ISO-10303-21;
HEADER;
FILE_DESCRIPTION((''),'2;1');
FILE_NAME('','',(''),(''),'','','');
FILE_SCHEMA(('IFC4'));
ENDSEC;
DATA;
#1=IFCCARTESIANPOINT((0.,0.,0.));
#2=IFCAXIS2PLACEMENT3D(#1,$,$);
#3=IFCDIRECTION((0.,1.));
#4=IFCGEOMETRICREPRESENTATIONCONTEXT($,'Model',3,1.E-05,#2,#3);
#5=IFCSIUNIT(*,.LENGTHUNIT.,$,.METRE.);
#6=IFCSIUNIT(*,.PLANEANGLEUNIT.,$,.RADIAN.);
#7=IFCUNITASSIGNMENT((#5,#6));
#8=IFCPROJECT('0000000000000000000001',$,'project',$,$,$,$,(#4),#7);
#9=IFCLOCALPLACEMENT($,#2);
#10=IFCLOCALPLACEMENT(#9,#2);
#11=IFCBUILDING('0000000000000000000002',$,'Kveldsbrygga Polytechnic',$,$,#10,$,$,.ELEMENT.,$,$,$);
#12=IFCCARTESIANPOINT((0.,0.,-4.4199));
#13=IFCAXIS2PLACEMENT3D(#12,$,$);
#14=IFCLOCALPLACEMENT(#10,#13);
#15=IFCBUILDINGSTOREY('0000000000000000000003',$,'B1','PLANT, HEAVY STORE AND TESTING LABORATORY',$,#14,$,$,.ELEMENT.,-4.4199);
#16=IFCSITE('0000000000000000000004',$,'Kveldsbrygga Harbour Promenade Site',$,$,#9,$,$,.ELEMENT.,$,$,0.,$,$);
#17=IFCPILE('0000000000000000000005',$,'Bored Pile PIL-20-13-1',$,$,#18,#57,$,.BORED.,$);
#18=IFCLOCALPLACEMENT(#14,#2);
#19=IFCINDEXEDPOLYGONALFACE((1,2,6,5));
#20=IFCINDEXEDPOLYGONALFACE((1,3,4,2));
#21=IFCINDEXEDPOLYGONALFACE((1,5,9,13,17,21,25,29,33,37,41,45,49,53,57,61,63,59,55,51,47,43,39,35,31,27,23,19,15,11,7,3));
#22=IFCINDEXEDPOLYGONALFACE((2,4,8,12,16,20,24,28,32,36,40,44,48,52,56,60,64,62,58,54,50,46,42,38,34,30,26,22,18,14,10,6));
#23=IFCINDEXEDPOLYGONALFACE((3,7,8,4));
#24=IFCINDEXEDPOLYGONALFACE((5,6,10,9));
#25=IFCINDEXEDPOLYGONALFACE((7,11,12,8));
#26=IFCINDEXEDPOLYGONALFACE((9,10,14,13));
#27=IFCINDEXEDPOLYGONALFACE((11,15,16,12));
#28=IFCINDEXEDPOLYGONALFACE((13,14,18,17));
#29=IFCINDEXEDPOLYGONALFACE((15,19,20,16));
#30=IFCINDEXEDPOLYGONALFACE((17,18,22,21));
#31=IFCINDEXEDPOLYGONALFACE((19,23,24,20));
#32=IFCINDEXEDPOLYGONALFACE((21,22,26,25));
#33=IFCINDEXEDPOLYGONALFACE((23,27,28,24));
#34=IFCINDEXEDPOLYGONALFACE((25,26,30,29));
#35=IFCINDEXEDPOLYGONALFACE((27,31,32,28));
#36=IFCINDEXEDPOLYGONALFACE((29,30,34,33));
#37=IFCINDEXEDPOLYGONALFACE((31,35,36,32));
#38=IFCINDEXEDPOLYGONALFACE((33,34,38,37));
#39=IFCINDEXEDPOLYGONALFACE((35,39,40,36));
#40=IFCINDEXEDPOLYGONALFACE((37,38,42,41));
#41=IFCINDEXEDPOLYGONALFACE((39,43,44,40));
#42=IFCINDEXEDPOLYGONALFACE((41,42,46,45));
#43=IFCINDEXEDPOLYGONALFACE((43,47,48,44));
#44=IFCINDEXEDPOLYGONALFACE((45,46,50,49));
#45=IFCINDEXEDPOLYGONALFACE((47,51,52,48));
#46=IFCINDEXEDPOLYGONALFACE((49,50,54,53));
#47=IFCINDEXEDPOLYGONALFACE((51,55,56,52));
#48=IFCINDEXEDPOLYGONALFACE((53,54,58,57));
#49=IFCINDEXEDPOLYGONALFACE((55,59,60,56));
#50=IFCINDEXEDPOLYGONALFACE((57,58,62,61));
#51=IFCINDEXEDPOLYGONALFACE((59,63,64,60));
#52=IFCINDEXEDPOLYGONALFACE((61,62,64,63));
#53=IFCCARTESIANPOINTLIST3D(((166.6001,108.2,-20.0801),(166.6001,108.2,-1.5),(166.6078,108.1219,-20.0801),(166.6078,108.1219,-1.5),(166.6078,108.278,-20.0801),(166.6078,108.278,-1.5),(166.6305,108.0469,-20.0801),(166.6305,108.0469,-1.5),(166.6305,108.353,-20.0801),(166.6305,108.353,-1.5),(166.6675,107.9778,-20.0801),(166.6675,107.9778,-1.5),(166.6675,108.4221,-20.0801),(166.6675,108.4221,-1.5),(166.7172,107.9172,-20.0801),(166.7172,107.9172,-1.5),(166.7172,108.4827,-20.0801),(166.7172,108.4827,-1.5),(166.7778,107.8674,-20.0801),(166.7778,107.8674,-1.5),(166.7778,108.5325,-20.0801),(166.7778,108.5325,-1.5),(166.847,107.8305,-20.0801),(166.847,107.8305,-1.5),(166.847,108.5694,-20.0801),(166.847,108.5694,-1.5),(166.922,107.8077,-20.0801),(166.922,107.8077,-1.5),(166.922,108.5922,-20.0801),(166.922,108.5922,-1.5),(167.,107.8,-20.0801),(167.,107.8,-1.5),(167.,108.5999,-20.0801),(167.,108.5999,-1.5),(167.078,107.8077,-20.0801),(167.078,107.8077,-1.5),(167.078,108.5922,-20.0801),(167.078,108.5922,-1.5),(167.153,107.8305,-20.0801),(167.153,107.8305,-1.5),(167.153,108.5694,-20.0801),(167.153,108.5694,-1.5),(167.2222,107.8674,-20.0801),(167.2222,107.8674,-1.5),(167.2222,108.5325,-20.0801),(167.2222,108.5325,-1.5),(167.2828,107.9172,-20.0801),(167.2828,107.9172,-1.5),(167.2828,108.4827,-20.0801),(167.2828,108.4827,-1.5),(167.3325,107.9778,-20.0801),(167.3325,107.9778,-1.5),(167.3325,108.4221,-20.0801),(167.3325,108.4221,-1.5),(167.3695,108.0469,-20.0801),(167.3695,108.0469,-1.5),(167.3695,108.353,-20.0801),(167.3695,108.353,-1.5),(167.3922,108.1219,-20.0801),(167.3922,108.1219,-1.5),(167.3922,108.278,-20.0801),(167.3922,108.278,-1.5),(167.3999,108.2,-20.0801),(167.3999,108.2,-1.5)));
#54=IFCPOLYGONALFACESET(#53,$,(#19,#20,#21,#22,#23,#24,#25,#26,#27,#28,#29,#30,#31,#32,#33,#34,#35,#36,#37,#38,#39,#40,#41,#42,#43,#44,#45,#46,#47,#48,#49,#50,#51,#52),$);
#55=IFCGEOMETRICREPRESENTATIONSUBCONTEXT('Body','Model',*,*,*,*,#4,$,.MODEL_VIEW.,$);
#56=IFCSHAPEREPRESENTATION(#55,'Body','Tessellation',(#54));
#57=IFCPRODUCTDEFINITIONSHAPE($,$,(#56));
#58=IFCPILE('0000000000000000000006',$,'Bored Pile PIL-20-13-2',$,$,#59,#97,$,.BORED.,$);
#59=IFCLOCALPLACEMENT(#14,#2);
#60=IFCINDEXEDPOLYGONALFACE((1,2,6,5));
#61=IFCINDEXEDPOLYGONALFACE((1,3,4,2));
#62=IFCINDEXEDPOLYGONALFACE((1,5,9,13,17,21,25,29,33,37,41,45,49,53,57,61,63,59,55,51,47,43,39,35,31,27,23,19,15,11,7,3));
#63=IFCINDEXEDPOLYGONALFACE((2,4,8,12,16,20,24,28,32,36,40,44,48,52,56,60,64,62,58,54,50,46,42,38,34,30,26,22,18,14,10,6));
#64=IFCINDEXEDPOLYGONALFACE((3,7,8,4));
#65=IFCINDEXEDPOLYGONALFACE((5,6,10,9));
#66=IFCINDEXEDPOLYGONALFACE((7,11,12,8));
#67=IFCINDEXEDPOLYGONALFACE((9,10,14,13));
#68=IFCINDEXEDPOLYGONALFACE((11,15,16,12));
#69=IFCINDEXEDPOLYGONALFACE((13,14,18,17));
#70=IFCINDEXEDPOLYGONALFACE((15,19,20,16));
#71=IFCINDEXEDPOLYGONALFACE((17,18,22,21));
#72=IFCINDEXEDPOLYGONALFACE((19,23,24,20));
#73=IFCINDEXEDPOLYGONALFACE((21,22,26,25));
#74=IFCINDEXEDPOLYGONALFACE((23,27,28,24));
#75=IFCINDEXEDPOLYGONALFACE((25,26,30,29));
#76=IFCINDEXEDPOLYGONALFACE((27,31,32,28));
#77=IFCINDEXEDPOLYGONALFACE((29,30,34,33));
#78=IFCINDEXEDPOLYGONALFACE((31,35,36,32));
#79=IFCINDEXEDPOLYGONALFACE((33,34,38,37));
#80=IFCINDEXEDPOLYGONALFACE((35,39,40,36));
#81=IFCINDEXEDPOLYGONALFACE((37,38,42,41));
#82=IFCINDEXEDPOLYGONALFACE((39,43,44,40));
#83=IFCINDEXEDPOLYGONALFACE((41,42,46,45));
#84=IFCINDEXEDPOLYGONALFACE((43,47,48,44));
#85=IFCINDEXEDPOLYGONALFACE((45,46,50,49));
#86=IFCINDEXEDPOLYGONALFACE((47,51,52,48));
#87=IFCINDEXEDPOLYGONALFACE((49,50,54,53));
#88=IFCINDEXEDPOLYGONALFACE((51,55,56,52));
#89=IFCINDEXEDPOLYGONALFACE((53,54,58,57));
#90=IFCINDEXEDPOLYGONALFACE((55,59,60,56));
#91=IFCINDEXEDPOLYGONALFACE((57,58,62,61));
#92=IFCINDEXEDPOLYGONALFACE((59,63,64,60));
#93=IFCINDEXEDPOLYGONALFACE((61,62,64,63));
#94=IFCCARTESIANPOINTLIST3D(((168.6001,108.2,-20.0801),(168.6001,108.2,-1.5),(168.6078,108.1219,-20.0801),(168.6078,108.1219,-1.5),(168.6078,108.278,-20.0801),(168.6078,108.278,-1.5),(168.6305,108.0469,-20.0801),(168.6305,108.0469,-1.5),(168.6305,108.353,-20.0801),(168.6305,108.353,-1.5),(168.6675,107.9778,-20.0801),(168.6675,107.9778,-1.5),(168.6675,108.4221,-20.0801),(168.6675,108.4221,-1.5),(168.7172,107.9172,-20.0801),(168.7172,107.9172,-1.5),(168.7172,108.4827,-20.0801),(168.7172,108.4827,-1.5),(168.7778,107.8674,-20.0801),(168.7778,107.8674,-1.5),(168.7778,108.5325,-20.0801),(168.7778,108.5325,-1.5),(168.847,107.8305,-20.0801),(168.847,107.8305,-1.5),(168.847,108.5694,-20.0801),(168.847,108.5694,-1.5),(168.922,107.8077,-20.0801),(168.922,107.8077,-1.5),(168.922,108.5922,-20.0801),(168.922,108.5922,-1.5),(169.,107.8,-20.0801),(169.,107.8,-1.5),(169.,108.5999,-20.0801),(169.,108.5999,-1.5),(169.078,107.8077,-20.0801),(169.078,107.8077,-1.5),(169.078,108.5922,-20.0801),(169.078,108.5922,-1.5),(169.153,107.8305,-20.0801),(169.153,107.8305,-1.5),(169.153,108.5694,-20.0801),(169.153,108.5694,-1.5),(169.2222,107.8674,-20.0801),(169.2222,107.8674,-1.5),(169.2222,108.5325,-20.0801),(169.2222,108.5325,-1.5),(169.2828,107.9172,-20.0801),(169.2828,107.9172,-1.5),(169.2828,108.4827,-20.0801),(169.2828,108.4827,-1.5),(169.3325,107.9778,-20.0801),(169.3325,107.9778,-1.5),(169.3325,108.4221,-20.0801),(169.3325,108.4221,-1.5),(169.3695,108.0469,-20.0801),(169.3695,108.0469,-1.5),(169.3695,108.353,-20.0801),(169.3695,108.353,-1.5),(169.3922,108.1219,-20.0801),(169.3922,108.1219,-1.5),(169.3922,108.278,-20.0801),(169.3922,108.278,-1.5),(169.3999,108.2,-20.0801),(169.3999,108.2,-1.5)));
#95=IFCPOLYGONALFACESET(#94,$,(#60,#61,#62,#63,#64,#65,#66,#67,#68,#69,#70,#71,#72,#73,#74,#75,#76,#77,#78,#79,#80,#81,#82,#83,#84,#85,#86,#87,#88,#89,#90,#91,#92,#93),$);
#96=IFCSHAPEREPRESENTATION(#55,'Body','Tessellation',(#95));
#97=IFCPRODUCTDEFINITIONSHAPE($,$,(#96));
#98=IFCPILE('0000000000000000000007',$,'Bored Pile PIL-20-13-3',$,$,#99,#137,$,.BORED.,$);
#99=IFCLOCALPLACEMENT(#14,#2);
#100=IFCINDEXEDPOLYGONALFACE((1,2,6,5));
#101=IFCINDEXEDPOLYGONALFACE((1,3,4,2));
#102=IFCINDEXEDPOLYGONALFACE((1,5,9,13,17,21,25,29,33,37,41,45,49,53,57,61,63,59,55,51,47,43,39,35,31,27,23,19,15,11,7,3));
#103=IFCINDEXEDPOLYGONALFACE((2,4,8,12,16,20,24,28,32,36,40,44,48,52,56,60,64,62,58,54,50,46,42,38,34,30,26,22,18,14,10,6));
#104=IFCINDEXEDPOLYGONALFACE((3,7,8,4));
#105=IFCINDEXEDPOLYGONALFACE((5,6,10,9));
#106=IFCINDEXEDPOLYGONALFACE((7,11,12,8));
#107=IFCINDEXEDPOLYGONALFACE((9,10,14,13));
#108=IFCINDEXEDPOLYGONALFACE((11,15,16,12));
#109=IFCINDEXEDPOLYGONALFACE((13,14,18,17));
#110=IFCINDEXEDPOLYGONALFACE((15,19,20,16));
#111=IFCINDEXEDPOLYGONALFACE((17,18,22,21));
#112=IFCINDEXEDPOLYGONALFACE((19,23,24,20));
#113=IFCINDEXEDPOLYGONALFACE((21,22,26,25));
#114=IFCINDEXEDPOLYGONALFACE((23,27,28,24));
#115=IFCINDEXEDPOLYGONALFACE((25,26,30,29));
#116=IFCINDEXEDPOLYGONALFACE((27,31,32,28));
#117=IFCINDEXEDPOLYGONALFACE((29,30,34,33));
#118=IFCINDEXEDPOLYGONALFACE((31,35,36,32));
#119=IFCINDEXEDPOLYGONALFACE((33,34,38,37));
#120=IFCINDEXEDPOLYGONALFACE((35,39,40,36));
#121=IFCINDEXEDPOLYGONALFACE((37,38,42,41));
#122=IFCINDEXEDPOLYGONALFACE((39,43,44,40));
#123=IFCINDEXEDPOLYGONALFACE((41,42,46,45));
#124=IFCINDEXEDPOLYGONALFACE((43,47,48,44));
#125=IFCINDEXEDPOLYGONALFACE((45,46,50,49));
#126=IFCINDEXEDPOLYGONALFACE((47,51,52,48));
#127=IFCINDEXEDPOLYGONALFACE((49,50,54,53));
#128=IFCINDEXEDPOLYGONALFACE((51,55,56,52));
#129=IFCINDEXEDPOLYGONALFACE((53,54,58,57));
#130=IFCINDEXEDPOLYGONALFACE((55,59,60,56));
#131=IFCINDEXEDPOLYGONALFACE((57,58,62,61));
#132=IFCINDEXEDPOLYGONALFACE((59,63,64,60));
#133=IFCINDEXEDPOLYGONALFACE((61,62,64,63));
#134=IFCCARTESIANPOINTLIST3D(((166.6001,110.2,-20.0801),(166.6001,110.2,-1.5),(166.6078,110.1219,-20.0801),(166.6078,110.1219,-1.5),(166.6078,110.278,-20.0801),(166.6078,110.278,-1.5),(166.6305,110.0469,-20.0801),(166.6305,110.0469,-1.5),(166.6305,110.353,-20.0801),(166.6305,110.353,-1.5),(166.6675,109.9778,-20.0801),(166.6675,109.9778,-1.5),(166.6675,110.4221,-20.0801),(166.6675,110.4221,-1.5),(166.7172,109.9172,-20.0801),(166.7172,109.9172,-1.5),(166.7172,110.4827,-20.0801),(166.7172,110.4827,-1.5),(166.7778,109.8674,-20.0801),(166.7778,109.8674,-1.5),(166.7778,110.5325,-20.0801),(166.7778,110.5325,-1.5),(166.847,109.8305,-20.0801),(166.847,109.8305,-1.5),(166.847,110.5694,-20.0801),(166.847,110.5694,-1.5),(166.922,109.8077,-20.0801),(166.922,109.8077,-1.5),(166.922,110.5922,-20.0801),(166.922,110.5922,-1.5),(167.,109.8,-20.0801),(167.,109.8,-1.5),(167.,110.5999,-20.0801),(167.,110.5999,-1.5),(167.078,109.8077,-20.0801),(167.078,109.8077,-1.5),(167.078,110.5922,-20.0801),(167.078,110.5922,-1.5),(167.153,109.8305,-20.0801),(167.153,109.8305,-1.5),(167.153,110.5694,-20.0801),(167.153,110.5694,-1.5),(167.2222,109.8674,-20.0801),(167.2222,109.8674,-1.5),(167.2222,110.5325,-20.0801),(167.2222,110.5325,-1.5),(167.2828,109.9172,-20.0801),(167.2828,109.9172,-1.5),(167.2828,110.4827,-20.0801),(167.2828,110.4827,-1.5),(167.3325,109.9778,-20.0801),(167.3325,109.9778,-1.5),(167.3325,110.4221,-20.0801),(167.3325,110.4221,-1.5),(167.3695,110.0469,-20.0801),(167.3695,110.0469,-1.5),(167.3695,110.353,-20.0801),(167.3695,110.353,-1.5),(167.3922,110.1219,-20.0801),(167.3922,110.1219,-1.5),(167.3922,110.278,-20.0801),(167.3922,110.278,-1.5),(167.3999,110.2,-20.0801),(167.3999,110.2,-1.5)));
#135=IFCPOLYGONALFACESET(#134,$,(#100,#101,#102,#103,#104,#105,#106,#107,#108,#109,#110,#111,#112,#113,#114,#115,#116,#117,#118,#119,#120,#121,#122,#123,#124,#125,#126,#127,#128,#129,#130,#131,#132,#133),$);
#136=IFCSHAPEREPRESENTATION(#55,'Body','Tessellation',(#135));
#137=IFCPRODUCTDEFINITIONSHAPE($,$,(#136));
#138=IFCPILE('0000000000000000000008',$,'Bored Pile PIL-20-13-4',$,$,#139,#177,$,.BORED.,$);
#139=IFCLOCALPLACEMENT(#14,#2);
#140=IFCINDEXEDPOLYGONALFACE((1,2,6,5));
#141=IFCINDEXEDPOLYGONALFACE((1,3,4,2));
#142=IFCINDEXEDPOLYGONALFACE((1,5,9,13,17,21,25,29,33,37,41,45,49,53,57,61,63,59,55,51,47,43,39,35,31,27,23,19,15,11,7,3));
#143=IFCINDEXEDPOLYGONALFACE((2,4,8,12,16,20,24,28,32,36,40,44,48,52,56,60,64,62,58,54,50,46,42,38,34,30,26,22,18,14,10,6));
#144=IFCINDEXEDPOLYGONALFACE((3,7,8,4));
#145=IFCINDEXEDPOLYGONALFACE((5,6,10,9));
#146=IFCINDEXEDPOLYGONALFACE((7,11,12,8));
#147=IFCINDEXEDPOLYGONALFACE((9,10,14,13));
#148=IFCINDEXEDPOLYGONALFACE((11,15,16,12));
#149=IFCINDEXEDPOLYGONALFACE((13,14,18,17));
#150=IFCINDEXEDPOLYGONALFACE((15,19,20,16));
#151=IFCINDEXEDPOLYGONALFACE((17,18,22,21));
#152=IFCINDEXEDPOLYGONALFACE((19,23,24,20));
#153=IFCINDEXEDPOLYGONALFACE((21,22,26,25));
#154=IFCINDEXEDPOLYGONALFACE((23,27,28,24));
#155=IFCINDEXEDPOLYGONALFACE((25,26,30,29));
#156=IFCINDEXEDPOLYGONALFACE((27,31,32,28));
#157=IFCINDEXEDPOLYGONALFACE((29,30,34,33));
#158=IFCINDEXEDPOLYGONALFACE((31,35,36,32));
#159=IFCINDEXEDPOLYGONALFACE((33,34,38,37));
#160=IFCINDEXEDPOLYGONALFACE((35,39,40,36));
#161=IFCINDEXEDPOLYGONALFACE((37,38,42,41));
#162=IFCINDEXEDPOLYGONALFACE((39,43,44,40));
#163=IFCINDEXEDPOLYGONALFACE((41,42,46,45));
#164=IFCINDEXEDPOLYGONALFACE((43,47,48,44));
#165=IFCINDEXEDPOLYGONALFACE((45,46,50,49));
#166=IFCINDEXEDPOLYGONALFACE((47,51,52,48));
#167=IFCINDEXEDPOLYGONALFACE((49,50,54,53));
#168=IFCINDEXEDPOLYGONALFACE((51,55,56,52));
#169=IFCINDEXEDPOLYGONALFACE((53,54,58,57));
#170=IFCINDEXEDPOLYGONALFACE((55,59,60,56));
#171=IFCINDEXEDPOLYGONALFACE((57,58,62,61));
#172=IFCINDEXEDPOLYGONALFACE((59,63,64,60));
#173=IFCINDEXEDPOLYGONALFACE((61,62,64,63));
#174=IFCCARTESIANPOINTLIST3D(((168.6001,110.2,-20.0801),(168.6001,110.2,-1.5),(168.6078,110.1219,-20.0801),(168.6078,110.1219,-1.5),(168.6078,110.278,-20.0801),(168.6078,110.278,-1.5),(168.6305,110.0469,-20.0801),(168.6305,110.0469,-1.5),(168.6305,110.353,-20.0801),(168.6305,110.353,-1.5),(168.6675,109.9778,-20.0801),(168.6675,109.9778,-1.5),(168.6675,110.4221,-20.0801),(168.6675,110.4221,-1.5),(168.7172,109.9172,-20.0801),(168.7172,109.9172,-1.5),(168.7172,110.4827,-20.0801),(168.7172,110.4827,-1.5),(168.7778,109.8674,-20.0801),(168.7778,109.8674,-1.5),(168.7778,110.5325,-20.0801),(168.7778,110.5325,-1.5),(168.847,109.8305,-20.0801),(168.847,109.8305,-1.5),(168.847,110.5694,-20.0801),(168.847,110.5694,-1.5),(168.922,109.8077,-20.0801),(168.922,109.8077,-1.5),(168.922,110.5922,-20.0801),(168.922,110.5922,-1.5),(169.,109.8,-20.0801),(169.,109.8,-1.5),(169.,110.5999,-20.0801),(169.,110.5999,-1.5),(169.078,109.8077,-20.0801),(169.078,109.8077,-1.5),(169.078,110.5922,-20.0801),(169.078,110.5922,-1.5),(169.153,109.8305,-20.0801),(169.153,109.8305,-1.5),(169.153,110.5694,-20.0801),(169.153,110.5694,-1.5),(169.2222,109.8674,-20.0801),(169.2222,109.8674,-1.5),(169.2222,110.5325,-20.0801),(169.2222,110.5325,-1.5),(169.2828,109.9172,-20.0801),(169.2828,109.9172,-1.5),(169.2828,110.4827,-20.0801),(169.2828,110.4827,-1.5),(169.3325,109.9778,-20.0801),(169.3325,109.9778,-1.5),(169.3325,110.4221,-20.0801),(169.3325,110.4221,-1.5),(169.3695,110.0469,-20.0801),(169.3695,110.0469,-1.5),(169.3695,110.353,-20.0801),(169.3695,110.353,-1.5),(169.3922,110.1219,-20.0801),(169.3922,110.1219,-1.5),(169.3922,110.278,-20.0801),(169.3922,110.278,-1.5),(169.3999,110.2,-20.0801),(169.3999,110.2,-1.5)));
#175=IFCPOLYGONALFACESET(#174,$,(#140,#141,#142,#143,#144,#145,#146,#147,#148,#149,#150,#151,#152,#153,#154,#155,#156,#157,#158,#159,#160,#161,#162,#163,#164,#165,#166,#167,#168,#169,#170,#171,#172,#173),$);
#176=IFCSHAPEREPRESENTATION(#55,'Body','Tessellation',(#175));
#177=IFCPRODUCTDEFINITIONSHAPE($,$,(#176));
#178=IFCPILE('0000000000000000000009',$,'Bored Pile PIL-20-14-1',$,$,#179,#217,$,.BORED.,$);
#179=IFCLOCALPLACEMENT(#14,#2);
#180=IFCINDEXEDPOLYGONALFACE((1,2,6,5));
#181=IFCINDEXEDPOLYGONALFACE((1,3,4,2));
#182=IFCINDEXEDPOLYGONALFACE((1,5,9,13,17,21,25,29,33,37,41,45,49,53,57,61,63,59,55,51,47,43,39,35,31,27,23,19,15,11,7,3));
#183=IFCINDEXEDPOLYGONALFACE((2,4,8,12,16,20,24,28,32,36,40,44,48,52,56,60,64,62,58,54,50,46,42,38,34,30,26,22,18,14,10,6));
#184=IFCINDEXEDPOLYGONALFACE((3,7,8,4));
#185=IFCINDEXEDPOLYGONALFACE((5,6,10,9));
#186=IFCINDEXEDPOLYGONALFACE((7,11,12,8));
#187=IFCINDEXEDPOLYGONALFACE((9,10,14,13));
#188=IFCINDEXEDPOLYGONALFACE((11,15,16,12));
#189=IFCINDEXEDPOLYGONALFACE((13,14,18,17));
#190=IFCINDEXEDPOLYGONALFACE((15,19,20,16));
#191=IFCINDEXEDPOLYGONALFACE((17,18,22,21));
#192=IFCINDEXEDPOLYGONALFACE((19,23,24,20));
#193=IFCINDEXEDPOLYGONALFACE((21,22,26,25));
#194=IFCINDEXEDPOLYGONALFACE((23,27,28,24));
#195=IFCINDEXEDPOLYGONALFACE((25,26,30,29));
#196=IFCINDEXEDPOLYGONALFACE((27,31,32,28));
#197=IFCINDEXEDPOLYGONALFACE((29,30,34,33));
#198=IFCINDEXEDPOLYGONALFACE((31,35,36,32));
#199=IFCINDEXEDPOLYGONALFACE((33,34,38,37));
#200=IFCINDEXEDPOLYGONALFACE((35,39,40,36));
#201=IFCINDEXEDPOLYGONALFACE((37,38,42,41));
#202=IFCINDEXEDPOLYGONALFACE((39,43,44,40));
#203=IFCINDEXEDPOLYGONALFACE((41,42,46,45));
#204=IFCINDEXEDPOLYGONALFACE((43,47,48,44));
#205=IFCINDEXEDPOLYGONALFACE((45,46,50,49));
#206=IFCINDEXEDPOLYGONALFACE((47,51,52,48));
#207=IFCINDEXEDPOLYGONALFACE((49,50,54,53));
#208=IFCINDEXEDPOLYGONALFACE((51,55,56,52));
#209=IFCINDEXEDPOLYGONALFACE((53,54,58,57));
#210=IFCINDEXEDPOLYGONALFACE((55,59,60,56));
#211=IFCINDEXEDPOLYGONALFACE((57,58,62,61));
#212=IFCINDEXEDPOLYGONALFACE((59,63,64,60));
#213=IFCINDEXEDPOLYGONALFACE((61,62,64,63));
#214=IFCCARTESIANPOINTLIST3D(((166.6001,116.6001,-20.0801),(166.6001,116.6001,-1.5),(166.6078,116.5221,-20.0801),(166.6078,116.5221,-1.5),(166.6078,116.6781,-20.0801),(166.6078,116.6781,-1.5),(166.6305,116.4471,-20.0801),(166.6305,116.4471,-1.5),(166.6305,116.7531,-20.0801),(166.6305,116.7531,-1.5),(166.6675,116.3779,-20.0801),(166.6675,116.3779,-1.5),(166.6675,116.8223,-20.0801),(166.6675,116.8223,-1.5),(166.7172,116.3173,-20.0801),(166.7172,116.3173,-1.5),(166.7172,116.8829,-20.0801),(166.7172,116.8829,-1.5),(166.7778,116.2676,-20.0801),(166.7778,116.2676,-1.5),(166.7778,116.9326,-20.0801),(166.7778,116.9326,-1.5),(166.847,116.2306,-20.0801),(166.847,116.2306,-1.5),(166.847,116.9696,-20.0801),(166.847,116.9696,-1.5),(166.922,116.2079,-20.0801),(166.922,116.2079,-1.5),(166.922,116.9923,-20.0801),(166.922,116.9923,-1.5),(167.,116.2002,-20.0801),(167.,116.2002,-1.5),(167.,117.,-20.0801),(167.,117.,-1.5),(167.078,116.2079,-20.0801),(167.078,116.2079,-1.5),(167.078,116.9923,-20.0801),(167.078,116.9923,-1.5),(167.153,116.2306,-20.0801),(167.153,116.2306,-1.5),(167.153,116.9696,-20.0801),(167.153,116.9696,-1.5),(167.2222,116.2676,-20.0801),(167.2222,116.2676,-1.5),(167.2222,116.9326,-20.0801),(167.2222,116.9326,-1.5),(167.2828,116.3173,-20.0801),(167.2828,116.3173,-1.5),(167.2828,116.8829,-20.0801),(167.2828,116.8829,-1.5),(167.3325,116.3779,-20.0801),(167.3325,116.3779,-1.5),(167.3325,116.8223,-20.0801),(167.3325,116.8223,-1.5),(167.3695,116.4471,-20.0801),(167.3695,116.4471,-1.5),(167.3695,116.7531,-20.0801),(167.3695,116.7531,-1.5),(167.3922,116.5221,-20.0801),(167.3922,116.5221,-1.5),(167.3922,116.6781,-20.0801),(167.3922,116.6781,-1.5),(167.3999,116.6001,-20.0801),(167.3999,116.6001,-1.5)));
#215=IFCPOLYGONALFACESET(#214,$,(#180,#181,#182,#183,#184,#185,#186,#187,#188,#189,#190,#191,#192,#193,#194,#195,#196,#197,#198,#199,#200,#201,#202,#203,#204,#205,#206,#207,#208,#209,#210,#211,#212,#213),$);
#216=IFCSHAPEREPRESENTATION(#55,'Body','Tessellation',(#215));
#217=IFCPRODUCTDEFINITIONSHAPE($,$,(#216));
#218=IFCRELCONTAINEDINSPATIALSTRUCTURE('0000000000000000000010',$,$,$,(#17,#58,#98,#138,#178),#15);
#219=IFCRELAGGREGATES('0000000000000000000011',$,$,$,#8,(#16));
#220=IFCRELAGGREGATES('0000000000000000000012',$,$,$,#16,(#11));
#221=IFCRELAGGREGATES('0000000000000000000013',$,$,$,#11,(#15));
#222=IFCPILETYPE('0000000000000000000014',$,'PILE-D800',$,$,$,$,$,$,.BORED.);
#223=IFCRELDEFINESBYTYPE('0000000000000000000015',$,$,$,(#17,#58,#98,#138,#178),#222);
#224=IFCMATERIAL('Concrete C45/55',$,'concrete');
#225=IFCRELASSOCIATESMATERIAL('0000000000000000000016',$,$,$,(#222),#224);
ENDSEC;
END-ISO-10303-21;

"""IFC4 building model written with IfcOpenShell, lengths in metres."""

from ifc_helpers import new_model, si_unit, direction, frame, origin, origin_2d, place, context, subcontext, project, spatial, circle, extrude, material, material_profile, profile_set, type_object, element, save


model = new_model("IFC4")

# Units and contexts
model_context = context("Model", 3, precision=1e-05, world=origin(), true_north=direction((0.0, 1.0)))
body_context = subcontext(model_context, "Body", "Model", "MODEL_VIEW")
ifc_project = project(units=[si_unit("LENGTHUNIT", "METRE"), si_unit("PLANEANGLEUNIT", "RADIAN")], contexts=[model_context])

# Site, building, storey
site_placement = place(None, origin())
site = spatial("IfcSite", under=ifc_project, at=site_placement, Name="Kveldsbrygga Harbour Promenade Site", CompositionType="ELEMENT", RefElevation=0.0)
building_placement = place(site_placement, origin())
building = spatial("IfcBuilding", under=site, at=building_placement, Name="Kveldsbrygga Polytechnic", CompositionType="ELEMENT")
storey_placement = place(building_placement, frame((0.0, 0.0, -4.4199)))
storey = spatial("IfcBuildingStorey", under=building, at=storey_placement, Name="B1", Description="PLANT, HEAVY STORE AND TESTING LABORATORY", CompositionType="ELEMENT", Elevation=-4.4199)

# Shared definitions
ifc_material_1 = material(Name="Concrete C45/55", Category="concrete")

# Piles
ifc_material_profile_1 = material_profile(ifc_material_1, circle(Radius=0.3999, at=origin_2d()), Name="PILE D800")
ifc_profile_set_1 = profile_set([ifc_material_profile_1], Name="Concrete C45/55")
pile_type = type_object("IfcPileType", Name="PILE-D800", PredefinedType="BORED", material=ifc_profile_set_1)
for number, where, z_axis, x_axis, name in (
    (1, (167.0, 108.2, -1.5), (0.0, 0.0, -1.0), (1.0, 0.0, 0.0), "Bored Pile PIL-20-13-1"),
    (2, (169.0, 108.2, -1.5), (0.0, 0.0, -1.0), (1.0, 0.0, 0.0), "Bored Pile PIL-20-13-2"),
    (3, (167.0, 110.2, -1.5), (0.0, 0.0, -1.0), (1.0, 0.0, 0.0), "Bored Pile PIL-20-13-3"),
    (4, (169.0, 110.2, -1.5), (0.0, 0.0, -1.0), (1.0, 0.0, 0.0), "Bored Pile PIL-20-13-4"),
    (5, (167.0, 116.6001, -1.5), (0.0, 0.0, -1.0), (1.0, 0.0, 0.0), "Bored Pile PIL-20-14-1"),
):
    element("IfcPile", number, at=place(storey_placement, frame(where, z_axis=z_axis, x_axis=x_axis)), inside=storey, type_object=pile_type, Name=name, PredefinedType="BORED", context=body_context, shape_type="SweptSolid", body=[
        extrude(circle(Radius=0.3999, at=origin_2d()), origin(), (0.0, 0.0, 1.0), 18.5801),
    ])

save(model, "model.ifc")
